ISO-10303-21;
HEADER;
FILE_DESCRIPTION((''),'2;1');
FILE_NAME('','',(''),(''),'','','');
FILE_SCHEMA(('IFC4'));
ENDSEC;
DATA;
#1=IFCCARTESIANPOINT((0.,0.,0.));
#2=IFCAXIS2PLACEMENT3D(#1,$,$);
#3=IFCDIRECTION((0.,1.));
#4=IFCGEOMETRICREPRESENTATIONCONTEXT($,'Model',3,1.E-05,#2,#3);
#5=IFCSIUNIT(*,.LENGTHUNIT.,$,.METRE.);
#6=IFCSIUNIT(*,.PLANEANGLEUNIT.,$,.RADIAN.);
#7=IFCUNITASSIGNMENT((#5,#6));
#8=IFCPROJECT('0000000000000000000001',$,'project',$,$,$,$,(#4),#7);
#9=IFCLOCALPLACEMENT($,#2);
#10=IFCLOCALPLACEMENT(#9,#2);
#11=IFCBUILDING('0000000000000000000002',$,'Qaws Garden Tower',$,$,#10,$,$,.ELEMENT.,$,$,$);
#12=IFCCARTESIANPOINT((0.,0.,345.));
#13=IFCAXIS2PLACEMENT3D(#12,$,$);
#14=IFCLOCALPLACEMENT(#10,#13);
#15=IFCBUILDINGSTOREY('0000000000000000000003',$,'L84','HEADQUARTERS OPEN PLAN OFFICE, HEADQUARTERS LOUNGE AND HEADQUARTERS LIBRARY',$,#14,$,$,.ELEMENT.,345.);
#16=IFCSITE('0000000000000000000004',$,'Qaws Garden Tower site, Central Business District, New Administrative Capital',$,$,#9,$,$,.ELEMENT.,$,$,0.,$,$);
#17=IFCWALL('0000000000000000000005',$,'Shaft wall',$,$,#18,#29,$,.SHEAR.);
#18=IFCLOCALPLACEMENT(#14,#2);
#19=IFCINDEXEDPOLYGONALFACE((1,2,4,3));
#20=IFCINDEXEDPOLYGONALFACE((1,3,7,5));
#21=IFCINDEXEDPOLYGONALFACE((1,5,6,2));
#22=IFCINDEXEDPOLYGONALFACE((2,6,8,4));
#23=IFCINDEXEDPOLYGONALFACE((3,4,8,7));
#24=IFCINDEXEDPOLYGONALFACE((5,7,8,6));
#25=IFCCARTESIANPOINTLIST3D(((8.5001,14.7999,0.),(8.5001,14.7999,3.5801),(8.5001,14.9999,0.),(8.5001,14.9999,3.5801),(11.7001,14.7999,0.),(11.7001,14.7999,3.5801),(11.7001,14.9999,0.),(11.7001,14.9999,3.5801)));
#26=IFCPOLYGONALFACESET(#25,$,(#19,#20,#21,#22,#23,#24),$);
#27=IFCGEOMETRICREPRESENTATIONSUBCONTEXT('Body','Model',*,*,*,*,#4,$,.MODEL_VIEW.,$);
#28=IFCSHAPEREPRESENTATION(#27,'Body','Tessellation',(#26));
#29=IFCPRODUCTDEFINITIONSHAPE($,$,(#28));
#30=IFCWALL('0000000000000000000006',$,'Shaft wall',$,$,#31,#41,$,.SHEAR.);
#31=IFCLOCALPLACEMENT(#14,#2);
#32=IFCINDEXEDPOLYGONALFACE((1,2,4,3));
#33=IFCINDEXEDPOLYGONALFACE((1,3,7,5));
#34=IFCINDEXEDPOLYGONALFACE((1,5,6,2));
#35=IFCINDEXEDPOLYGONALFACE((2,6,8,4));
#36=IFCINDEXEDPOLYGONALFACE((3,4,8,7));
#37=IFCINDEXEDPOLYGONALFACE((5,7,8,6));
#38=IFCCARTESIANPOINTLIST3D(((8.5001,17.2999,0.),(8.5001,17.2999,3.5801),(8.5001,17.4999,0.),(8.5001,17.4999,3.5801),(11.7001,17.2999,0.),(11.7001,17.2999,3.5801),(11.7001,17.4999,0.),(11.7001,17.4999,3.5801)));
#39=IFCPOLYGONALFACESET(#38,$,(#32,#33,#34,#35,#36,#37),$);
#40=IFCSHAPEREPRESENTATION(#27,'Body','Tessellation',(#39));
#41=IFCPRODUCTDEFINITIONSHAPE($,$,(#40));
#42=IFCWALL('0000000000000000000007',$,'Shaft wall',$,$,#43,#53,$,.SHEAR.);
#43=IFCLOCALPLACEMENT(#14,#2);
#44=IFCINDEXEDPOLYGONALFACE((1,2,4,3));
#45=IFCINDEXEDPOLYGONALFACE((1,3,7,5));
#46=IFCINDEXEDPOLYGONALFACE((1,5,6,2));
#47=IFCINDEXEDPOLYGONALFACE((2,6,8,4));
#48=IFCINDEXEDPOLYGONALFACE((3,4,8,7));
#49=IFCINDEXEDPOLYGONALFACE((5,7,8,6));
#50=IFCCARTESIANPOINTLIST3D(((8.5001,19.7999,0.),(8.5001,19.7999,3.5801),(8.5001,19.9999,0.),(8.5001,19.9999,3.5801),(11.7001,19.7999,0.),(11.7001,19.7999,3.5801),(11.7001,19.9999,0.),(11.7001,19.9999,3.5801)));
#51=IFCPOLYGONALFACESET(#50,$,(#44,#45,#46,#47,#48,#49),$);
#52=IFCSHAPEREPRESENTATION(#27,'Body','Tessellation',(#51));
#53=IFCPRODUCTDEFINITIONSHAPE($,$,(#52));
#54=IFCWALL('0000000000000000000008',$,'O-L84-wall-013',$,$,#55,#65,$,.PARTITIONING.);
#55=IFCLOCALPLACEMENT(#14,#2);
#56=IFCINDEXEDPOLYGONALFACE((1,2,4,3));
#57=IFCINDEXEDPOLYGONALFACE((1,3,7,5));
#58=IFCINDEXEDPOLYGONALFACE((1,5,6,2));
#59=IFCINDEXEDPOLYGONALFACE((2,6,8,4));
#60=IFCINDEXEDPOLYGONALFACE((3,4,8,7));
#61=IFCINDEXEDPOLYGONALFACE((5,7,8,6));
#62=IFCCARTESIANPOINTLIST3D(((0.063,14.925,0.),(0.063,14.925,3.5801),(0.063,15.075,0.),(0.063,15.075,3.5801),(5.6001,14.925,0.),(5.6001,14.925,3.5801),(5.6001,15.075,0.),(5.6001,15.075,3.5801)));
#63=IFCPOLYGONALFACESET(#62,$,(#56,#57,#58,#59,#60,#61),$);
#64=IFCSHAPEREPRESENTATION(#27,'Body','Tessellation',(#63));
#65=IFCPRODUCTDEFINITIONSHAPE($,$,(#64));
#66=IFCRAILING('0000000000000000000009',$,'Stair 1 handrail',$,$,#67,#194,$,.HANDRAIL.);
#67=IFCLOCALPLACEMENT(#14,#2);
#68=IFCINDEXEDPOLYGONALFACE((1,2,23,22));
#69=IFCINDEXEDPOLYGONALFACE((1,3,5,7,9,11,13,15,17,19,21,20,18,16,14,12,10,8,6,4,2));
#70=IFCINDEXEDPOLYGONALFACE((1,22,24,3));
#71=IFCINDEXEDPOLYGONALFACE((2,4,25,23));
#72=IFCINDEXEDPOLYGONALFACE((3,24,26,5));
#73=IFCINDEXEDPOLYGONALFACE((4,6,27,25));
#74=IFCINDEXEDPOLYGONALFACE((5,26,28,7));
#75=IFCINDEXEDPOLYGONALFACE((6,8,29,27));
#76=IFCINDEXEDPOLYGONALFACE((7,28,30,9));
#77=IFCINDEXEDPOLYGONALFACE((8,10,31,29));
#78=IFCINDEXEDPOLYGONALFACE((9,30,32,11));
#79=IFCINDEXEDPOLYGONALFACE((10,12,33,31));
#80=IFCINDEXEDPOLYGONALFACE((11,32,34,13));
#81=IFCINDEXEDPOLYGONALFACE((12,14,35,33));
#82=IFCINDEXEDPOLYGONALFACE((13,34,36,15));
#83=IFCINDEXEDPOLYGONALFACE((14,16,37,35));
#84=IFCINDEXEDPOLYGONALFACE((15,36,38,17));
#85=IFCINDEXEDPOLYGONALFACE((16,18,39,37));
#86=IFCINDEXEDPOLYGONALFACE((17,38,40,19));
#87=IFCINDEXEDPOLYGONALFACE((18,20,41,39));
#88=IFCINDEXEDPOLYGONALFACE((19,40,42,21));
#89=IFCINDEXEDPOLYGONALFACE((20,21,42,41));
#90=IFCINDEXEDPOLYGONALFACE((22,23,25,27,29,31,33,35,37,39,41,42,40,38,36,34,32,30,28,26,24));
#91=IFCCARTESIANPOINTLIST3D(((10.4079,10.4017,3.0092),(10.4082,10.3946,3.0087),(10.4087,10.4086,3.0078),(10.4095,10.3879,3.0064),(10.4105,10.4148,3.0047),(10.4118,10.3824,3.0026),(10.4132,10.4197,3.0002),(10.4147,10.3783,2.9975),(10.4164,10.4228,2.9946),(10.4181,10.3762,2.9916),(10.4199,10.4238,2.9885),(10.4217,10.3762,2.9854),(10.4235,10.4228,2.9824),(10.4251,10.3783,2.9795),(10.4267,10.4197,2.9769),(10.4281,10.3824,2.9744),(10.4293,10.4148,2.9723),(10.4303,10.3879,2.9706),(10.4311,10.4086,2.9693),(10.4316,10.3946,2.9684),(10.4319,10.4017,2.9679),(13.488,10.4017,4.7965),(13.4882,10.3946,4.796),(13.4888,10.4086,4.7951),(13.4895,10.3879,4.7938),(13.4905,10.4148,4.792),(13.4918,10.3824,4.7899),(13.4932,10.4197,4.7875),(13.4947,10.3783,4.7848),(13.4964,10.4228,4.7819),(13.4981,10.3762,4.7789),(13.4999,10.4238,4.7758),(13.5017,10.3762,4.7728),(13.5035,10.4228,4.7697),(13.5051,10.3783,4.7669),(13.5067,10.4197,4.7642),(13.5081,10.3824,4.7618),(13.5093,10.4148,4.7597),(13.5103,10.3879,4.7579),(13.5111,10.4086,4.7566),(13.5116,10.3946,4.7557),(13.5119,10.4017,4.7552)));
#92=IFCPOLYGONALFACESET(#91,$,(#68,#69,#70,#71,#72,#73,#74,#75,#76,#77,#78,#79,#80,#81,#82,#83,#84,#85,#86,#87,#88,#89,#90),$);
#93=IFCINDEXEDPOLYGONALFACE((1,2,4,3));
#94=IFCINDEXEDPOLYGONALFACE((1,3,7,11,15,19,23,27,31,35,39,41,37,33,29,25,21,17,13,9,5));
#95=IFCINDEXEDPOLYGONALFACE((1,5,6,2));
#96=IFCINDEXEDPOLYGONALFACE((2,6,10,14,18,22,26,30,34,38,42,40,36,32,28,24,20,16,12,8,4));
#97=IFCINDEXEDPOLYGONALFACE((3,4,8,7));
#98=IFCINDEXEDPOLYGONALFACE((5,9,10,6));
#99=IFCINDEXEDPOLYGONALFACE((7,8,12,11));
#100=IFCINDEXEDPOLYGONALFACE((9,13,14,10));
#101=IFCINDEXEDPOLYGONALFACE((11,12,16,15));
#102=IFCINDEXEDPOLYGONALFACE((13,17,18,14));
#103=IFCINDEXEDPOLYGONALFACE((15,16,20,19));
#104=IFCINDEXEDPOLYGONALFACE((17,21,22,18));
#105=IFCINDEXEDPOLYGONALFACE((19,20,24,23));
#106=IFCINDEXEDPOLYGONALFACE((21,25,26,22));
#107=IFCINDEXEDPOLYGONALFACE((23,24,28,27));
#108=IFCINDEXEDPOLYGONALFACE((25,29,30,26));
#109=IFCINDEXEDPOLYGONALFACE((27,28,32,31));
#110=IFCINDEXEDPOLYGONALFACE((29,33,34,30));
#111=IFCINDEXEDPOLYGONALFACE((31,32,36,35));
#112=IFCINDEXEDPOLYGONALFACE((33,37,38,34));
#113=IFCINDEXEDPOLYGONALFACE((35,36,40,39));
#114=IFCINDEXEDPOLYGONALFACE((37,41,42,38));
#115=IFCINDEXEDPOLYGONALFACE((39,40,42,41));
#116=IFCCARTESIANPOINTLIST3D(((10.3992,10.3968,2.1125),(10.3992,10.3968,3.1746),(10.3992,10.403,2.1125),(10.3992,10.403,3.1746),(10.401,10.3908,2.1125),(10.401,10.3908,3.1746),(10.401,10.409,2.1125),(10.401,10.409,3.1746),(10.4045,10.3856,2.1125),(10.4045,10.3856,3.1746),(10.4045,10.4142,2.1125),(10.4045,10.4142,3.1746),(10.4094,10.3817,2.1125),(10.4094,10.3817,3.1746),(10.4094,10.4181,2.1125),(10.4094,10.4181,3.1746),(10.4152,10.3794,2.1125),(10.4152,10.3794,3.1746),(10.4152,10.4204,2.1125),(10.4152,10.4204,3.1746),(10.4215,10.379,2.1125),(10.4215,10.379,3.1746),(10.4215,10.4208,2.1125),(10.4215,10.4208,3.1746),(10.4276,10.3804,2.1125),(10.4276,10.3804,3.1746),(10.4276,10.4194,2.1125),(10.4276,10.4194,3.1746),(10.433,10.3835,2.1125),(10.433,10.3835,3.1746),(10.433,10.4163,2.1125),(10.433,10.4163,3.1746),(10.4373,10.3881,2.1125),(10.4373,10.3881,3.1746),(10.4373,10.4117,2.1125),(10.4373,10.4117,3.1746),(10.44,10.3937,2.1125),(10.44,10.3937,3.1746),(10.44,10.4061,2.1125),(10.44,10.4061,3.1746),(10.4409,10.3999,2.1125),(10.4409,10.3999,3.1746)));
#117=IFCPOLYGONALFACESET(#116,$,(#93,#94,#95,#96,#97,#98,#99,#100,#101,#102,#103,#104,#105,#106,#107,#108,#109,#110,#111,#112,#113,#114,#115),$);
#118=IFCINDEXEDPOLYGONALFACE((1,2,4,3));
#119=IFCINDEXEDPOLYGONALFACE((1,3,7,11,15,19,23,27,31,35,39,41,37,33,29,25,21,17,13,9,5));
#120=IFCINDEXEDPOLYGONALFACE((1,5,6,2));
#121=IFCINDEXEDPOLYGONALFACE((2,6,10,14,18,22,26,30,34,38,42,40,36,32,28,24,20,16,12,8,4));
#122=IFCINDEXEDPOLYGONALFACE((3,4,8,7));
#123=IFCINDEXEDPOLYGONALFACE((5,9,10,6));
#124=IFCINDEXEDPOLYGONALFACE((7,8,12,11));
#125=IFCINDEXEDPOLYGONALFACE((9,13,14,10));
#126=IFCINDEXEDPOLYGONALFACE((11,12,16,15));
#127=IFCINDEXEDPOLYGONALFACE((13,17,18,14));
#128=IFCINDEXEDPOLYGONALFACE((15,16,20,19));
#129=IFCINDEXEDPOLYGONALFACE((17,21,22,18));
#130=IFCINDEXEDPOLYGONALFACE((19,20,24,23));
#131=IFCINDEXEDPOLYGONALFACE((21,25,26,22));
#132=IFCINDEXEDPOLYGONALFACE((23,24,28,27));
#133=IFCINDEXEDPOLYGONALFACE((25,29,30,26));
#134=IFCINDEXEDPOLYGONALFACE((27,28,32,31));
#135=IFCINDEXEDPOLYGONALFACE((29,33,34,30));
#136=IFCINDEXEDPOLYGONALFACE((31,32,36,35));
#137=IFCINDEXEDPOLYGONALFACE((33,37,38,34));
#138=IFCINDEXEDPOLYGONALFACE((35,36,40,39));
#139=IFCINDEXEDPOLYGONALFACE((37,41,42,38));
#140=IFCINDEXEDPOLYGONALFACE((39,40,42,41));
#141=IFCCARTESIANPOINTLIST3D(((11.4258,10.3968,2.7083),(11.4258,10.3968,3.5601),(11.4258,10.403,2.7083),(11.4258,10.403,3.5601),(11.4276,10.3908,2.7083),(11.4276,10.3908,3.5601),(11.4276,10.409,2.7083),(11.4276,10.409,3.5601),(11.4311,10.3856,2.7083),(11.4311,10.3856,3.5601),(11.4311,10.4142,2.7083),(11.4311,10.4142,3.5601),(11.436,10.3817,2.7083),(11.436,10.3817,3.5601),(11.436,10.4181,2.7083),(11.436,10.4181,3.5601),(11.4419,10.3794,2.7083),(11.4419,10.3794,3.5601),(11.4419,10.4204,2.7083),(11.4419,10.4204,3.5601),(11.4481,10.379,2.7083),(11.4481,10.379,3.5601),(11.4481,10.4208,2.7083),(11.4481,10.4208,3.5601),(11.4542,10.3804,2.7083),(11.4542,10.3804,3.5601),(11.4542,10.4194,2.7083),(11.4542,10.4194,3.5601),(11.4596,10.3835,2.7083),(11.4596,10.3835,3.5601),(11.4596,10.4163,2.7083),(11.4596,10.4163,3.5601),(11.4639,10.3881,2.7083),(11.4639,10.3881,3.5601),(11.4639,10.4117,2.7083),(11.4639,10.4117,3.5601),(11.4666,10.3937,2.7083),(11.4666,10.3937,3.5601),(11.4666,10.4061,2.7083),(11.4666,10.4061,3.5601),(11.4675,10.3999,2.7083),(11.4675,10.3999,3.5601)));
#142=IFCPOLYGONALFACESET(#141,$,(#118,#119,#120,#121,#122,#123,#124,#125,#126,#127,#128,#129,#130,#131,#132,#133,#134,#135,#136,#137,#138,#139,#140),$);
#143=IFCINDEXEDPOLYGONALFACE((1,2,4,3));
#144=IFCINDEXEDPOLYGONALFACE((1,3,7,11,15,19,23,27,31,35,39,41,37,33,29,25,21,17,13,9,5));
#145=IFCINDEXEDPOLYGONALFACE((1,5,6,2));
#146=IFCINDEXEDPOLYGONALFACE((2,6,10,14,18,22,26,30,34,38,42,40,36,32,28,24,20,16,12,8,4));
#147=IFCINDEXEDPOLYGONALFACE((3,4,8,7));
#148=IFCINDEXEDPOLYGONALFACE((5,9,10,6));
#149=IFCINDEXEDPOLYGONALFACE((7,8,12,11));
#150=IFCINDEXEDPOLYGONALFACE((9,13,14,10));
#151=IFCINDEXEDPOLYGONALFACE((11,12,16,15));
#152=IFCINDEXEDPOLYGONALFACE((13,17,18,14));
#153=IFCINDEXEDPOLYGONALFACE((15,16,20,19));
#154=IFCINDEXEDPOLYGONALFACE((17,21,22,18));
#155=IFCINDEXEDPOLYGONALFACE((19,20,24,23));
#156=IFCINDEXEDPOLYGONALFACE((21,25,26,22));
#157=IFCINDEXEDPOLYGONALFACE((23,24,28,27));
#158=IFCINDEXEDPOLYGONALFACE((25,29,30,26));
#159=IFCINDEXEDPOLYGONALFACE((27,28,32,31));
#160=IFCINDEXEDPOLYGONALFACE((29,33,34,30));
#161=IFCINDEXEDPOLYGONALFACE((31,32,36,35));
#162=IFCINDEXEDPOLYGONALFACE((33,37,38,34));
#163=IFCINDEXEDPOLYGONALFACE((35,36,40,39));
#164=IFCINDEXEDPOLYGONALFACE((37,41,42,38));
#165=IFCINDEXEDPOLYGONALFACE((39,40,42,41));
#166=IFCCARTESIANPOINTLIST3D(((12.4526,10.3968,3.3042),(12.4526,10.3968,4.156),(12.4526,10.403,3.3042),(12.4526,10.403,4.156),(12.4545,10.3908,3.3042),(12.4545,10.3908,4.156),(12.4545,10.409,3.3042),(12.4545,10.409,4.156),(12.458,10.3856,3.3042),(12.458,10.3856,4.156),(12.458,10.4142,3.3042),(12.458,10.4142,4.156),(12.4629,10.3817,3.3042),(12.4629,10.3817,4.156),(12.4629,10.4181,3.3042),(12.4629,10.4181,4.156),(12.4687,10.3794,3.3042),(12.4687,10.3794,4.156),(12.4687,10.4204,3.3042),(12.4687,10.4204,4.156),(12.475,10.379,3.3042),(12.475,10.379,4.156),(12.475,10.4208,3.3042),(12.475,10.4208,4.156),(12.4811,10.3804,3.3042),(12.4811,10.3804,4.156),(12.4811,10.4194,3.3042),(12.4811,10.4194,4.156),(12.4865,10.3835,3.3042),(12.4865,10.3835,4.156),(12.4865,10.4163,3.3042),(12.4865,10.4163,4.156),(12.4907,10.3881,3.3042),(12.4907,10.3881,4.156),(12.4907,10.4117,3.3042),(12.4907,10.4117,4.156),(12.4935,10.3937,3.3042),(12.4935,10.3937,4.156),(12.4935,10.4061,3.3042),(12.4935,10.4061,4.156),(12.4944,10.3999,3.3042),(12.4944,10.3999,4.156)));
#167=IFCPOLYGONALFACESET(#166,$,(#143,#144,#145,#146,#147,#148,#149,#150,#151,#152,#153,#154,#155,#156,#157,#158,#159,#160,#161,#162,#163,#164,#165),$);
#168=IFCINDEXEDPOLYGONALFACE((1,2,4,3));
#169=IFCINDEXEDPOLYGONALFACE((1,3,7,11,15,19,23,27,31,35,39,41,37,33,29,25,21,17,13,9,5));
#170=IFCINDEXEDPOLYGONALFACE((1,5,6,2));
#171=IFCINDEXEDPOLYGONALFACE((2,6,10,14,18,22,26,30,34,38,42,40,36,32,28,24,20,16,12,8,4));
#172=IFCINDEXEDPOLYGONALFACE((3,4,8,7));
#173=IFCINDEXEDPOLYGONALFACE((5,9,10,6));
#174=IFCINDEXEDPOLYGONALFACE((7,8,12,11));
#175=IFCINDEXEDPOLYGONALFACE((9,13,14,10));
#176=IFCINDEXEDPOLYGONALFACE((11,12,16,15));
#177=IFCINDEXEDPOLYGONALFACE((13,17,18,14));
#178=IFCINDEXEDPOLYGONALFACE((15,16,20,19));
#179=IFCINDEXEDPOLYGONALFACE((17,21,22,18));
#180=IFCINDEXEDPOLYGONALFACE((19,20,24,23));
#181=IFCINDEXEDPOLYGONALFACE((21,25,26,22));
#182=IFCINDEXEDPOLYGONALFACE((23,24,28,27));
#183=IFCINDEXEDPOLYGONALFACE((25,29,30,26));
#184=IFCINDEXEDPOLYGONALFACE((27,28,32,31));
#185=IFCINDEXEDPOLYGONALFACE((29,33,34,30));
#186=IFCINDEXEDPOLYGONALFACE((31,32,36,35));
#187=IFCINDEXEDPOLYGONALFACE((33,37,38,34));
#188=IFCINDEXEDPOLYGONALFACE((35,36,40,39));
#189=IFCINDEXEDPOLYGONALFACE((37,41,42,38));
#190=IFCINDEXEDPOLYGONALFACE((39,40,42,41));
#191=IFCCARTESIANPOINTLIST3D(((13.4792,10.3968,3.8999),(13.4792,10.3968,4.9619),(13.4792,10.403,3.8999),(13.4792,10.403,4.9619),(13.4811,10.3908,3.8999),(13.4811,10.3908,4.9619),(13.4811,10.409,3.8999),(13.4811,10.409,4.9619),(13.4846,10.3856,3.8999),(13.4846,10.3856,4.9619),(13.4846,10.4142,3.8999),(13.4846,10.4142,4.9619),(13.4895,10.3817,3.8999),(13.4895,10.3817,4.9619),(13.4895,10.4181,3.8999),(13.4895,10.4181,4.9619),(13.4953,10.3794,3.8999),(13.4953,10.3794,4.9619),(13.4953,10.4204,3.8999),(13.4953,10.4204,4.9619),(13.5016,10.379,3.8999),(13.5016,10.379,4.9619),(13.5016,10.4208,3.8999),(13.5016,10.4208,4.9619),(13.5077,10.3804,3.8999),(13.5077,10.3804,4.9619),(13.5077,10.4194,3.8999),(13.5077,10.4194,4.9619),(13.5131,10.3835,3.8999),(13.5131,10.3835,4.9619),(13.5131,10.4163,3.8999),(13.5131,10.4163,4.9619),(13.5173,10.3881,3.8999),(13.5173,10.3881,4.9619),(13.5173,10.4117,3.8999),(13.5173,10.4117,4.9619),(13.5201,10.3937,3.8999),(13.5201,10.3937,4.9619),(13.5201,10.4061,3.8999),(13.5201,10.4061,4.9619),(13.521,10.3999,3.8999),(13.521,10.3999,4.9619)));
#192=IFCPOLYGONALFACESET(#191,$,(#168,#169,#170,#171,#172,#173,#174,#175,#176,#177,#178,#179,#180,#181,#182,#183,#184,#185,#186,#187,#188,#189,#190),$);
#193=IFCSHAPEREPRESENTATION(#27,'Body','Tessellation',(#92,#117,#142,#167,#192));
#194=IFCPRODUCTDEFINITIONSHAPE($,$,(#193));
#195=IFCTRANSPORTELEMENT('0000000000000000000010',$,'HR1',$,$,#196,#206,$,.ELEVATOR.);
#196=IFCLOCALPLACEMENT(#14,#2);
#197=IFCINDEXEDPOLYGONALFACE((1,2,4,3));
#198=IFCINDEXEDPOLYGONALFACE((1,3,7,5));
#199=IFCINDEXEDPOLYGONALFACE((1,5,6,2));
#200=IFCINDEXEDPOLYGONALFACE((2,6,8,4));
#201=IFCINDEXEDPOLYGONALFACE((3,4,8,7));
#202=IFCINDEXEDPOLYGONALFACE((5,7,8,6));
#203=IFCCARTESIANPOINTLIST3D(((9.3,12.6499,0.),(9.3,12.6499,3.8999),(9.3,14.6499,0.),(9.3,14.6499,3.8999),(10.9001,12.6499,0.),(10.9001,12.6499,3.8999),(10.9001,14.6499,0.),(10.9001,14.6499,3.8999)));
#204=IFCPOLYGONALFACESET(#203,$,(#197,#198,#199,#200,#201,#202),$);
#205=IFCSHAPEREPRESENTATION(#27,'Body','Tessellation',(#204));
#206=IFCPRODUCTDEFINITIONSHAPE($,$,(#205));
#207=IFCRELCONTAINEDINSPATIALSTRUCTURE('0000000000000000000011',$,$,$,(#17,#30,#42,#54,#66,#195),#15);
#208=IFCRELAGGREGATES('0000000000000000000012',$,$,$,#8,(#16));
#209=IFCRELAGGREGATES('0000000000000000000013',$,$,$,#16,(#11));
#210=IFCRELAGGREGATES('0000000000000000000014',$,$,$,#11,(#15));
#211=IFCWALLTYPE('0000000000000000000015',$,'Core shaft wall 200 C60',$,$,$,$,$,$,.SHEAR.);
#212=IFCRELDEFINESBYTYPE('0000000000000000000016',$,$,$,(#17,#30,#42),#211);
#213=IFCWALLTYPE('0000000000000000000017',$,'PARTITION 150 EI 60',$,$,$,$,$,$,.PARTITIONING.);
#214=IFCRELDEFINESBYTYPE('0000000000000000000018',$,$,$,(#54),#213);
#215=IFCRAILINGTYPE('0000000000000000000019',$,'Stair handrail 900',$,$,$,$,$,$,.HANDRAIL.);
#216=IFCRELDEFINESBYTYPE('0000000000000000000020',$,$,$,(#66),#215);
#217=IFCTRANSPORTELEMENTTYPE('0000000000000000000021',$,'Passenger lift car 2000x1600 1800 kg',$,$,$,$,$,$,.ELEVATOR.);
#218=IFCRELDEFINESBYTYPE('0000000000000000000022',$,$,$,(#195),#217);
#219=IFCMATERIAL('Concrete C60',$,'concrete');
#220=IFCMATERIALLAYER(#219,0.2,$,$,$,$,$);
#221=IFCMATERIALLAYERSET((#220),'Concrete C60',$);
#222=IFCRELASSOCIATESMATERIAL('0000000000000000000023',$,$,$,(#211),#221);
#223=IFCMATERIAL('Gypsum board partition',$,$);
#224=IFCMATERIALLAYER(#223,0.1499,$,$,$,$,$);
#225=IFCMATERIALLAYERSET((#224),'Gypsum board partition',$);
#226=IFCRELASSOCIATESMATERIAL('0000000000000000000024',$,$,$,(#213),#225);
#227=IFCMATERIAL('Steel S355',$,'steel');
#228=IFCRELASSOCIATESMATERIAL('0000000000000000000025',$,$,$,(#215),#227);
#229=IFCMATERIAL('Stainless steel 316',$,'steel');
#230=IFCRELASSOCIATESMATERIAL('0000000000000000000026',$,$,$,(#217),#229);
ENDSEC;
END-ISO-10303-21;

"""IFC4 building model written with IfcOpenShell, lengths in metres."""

from ifc_helpers import new_model, si_unit, direction, frame, frame_2d, origin, origin_2d, place, context, subcontext, project, spatial, rectangle, circle, extrude, material, layer, layer_set, type_object, element, save


model = new_model("IFC4")

# Units and contexts
model_context = context("Model", 3, precision=1e-05, world=origin(), true_north=direction((0.0, 1.0)))
body_context = subcontext(model_context, "Body", "Model", "MODEL_VIEW")
ifc_project = project(units=[si_unit("LENGTHUNIT", "METRE"), si_unit("PLANEANGLEUNIT", "RADIAN")], contexts=[model_context])

# Site, building, storey
site_placement = place(None, origin())
site = spatial("IfcSite", under=ifc_project, at=site_placement, Name="Qaws Garden Tower site, Central Business District, New Administrative Capital", CompositionType="ELEMENT", RefElevation=0.0)
building_placement = place(site_placement, origin())
building = spatial("IfcBuilding", under=site, at=building_placement, Name="Qaws Garden Tower", CompositionType="ELEMENT")
storey_placement = place(building_placement, frame((0.0, 0.0, 345.0)))
storey = spatial("IfcBuildingStorey", under=building, at=storey_placement, Name="L84", Description="HEADQUARTERS OPEN PLAN OFFICE, HEADQUARTERS LOUNGE AND HEADQUARTERS LIBRARY", CompositionType="ELEMENT", Elevation=345.0)

# Walls
ifc_material_1 = material(Name="Concrete C60", Category="concrete")
ifc_layer_1 = layer(ifc_material_1, 0.2)
ifc_layer_set_1 = layer_set([ifc_layer_1], Name="Concrete C60")
wall_type_1 = type_object("IfcWallType", Name="Core shaft wall 200 C60", PredefinedType="SHEAR", material=ifc_layer_set_1)
for number, where, z_axis, x_axis, name in (
    (1, (8.5, 14.8999, 0.0), (0.0, 0.0, 1.0), (1.0, 0.0, 0.0), "Shaft wall"),
    (2, (8.5, 17.3999, 0.0), (0.0, 0.0, 1.0), (1.0, 0.0, 0.0), "Shaft wall"),
    (3, (8.5, 19.8999, 0.0), (0.0, 0.0, 1.0), (1.0, 0.0, 0.0), "Shaft wall"),
):
    element("IfcWall", number, at=place(storey_placement, frame(where, z_axis=z_axis, x_axis=x_axis)), inside=storey, type_object=wall_type_1, Name=name, PredefinedType="SHEAR", context=body_context, shape_type="SweptSolid", body=[
        extrude(rectangle(XDim=3.2, YDim=0.2, at=frame_2d((1.6001, 0.0))), origin(), (0.0, 0.0, 1.0), 3.5801),
    ])
ifc_material_2 = material(Name="Gypsum board partition")
ifc_layer_2 = layer(ifc_material_2, 0.1499)
ifc_layer_set_2 = layer_set([ifc_layer_2], Name="Gypsum board partition")
wall_type_2 = type_object("IfcWallType", Name="PARTITION 150 EI 60", PredefinedType="PARTITIONING", material=ifc_layer_set_2)
wall_1_placement = place(storey_placement, frame((0.063, 15.0, 0.0), z_axis=(0.0, 0.0, 1.0), x_axis=(1.0, 0.0, 0.0)))
element("IfcWall", 4, at=wall_1_placement, inside=storey, type_object=wall_type_2, Name="O-L84-wall-013", PredefinedType="PARTITIONING", context=body_context, shape_type="SweptSolid", body=[
    extrude(rectangle(XDim=5.5371, YDim=0.1499, at=frame_2d((2.7686, 0.0))), origin(), (0.0, 0.0, 1.0), 3.5801),
])

# Railing
ifc_material_3 = material(Name="Steel S355", Category="steel")
railing_type = type_object("IfcRailingType", Name="Stair handrail 900", PredefinedType="HANDRAIL", material=ifc_material_3)
railing_placement = place(storey_placement, frame((10.4199, 10.3999, 2.1125)))
element("IfcRailing", 5, at=railing_placement, inside=storey, type_object=railing_type, Name="Stair 1 handrail", PredefinedType="HANDRAIL", context=body_context, shape_type="SweptSolid", body=[
    extrude(circle(Radius=0.0239, at=origin_2d()), frame((0.0, 0.0, 0.876), z_axis=(0.86492, 0.0, 0.501909), x_axis=(0.0, 1.0, 0.0)), (0.0, 0.0, 1.0), 3.561),
    extrude(circle(Radius=0.021, at=origin_2d()), origin(), (0.0, 0.0, 1.0), 1.062),
    extrude(circle(Radius=0.021, at=origin_2d()), frame((1.0266, 0.0, 0.5957)), (0.0, 0.0, 1.0), 0.8518),
    extrude(circle(Radius=0.021, at=origin_2d()), frame((2.0535, 0.0, 1.1917)), (0.0, 0.0, 1.0), 0.8518),
    extrude(circle(Radius=0.021, at=origin_2d()), frame((3.0801, 0.0, 1.7874)), (0.0, 0.0, 1.0), 1.062),
])

# Transport element
ifc_material_4 = material(Name="Stainless steel 316", Category="steel")
transport_element_type = type_object("IfcTransportElementType", Name="Passenger lift car 2000x1600 1800 kg", PredefinedType="ELEVATOR", material=ifc_material_4)
for number, where, z_axis, x_axis, name in (
    (6, (10.1001, 13.6499, 0.0), (0.0, 0.0, 1.0), (1.0, 0.0, 0.0), "HR1"),
):
    element("IfcTransportElement", number, at=place(storey_placement, frame(where, z_axis=z_axis, x_axis=x_axis)), inside=storey, type_object=transport_element_type, Name=name, PredefinedType="ELEVATOR", context=body_context, shape_type="SweptSolid", body=[
        extrude(rectangle(XDim=1.6001, YDim=2.0, at=origin_2d()), origin(), (0.0, 0.0, 1.0), 3.8999),
    ])

save(model, "model.ifc")
